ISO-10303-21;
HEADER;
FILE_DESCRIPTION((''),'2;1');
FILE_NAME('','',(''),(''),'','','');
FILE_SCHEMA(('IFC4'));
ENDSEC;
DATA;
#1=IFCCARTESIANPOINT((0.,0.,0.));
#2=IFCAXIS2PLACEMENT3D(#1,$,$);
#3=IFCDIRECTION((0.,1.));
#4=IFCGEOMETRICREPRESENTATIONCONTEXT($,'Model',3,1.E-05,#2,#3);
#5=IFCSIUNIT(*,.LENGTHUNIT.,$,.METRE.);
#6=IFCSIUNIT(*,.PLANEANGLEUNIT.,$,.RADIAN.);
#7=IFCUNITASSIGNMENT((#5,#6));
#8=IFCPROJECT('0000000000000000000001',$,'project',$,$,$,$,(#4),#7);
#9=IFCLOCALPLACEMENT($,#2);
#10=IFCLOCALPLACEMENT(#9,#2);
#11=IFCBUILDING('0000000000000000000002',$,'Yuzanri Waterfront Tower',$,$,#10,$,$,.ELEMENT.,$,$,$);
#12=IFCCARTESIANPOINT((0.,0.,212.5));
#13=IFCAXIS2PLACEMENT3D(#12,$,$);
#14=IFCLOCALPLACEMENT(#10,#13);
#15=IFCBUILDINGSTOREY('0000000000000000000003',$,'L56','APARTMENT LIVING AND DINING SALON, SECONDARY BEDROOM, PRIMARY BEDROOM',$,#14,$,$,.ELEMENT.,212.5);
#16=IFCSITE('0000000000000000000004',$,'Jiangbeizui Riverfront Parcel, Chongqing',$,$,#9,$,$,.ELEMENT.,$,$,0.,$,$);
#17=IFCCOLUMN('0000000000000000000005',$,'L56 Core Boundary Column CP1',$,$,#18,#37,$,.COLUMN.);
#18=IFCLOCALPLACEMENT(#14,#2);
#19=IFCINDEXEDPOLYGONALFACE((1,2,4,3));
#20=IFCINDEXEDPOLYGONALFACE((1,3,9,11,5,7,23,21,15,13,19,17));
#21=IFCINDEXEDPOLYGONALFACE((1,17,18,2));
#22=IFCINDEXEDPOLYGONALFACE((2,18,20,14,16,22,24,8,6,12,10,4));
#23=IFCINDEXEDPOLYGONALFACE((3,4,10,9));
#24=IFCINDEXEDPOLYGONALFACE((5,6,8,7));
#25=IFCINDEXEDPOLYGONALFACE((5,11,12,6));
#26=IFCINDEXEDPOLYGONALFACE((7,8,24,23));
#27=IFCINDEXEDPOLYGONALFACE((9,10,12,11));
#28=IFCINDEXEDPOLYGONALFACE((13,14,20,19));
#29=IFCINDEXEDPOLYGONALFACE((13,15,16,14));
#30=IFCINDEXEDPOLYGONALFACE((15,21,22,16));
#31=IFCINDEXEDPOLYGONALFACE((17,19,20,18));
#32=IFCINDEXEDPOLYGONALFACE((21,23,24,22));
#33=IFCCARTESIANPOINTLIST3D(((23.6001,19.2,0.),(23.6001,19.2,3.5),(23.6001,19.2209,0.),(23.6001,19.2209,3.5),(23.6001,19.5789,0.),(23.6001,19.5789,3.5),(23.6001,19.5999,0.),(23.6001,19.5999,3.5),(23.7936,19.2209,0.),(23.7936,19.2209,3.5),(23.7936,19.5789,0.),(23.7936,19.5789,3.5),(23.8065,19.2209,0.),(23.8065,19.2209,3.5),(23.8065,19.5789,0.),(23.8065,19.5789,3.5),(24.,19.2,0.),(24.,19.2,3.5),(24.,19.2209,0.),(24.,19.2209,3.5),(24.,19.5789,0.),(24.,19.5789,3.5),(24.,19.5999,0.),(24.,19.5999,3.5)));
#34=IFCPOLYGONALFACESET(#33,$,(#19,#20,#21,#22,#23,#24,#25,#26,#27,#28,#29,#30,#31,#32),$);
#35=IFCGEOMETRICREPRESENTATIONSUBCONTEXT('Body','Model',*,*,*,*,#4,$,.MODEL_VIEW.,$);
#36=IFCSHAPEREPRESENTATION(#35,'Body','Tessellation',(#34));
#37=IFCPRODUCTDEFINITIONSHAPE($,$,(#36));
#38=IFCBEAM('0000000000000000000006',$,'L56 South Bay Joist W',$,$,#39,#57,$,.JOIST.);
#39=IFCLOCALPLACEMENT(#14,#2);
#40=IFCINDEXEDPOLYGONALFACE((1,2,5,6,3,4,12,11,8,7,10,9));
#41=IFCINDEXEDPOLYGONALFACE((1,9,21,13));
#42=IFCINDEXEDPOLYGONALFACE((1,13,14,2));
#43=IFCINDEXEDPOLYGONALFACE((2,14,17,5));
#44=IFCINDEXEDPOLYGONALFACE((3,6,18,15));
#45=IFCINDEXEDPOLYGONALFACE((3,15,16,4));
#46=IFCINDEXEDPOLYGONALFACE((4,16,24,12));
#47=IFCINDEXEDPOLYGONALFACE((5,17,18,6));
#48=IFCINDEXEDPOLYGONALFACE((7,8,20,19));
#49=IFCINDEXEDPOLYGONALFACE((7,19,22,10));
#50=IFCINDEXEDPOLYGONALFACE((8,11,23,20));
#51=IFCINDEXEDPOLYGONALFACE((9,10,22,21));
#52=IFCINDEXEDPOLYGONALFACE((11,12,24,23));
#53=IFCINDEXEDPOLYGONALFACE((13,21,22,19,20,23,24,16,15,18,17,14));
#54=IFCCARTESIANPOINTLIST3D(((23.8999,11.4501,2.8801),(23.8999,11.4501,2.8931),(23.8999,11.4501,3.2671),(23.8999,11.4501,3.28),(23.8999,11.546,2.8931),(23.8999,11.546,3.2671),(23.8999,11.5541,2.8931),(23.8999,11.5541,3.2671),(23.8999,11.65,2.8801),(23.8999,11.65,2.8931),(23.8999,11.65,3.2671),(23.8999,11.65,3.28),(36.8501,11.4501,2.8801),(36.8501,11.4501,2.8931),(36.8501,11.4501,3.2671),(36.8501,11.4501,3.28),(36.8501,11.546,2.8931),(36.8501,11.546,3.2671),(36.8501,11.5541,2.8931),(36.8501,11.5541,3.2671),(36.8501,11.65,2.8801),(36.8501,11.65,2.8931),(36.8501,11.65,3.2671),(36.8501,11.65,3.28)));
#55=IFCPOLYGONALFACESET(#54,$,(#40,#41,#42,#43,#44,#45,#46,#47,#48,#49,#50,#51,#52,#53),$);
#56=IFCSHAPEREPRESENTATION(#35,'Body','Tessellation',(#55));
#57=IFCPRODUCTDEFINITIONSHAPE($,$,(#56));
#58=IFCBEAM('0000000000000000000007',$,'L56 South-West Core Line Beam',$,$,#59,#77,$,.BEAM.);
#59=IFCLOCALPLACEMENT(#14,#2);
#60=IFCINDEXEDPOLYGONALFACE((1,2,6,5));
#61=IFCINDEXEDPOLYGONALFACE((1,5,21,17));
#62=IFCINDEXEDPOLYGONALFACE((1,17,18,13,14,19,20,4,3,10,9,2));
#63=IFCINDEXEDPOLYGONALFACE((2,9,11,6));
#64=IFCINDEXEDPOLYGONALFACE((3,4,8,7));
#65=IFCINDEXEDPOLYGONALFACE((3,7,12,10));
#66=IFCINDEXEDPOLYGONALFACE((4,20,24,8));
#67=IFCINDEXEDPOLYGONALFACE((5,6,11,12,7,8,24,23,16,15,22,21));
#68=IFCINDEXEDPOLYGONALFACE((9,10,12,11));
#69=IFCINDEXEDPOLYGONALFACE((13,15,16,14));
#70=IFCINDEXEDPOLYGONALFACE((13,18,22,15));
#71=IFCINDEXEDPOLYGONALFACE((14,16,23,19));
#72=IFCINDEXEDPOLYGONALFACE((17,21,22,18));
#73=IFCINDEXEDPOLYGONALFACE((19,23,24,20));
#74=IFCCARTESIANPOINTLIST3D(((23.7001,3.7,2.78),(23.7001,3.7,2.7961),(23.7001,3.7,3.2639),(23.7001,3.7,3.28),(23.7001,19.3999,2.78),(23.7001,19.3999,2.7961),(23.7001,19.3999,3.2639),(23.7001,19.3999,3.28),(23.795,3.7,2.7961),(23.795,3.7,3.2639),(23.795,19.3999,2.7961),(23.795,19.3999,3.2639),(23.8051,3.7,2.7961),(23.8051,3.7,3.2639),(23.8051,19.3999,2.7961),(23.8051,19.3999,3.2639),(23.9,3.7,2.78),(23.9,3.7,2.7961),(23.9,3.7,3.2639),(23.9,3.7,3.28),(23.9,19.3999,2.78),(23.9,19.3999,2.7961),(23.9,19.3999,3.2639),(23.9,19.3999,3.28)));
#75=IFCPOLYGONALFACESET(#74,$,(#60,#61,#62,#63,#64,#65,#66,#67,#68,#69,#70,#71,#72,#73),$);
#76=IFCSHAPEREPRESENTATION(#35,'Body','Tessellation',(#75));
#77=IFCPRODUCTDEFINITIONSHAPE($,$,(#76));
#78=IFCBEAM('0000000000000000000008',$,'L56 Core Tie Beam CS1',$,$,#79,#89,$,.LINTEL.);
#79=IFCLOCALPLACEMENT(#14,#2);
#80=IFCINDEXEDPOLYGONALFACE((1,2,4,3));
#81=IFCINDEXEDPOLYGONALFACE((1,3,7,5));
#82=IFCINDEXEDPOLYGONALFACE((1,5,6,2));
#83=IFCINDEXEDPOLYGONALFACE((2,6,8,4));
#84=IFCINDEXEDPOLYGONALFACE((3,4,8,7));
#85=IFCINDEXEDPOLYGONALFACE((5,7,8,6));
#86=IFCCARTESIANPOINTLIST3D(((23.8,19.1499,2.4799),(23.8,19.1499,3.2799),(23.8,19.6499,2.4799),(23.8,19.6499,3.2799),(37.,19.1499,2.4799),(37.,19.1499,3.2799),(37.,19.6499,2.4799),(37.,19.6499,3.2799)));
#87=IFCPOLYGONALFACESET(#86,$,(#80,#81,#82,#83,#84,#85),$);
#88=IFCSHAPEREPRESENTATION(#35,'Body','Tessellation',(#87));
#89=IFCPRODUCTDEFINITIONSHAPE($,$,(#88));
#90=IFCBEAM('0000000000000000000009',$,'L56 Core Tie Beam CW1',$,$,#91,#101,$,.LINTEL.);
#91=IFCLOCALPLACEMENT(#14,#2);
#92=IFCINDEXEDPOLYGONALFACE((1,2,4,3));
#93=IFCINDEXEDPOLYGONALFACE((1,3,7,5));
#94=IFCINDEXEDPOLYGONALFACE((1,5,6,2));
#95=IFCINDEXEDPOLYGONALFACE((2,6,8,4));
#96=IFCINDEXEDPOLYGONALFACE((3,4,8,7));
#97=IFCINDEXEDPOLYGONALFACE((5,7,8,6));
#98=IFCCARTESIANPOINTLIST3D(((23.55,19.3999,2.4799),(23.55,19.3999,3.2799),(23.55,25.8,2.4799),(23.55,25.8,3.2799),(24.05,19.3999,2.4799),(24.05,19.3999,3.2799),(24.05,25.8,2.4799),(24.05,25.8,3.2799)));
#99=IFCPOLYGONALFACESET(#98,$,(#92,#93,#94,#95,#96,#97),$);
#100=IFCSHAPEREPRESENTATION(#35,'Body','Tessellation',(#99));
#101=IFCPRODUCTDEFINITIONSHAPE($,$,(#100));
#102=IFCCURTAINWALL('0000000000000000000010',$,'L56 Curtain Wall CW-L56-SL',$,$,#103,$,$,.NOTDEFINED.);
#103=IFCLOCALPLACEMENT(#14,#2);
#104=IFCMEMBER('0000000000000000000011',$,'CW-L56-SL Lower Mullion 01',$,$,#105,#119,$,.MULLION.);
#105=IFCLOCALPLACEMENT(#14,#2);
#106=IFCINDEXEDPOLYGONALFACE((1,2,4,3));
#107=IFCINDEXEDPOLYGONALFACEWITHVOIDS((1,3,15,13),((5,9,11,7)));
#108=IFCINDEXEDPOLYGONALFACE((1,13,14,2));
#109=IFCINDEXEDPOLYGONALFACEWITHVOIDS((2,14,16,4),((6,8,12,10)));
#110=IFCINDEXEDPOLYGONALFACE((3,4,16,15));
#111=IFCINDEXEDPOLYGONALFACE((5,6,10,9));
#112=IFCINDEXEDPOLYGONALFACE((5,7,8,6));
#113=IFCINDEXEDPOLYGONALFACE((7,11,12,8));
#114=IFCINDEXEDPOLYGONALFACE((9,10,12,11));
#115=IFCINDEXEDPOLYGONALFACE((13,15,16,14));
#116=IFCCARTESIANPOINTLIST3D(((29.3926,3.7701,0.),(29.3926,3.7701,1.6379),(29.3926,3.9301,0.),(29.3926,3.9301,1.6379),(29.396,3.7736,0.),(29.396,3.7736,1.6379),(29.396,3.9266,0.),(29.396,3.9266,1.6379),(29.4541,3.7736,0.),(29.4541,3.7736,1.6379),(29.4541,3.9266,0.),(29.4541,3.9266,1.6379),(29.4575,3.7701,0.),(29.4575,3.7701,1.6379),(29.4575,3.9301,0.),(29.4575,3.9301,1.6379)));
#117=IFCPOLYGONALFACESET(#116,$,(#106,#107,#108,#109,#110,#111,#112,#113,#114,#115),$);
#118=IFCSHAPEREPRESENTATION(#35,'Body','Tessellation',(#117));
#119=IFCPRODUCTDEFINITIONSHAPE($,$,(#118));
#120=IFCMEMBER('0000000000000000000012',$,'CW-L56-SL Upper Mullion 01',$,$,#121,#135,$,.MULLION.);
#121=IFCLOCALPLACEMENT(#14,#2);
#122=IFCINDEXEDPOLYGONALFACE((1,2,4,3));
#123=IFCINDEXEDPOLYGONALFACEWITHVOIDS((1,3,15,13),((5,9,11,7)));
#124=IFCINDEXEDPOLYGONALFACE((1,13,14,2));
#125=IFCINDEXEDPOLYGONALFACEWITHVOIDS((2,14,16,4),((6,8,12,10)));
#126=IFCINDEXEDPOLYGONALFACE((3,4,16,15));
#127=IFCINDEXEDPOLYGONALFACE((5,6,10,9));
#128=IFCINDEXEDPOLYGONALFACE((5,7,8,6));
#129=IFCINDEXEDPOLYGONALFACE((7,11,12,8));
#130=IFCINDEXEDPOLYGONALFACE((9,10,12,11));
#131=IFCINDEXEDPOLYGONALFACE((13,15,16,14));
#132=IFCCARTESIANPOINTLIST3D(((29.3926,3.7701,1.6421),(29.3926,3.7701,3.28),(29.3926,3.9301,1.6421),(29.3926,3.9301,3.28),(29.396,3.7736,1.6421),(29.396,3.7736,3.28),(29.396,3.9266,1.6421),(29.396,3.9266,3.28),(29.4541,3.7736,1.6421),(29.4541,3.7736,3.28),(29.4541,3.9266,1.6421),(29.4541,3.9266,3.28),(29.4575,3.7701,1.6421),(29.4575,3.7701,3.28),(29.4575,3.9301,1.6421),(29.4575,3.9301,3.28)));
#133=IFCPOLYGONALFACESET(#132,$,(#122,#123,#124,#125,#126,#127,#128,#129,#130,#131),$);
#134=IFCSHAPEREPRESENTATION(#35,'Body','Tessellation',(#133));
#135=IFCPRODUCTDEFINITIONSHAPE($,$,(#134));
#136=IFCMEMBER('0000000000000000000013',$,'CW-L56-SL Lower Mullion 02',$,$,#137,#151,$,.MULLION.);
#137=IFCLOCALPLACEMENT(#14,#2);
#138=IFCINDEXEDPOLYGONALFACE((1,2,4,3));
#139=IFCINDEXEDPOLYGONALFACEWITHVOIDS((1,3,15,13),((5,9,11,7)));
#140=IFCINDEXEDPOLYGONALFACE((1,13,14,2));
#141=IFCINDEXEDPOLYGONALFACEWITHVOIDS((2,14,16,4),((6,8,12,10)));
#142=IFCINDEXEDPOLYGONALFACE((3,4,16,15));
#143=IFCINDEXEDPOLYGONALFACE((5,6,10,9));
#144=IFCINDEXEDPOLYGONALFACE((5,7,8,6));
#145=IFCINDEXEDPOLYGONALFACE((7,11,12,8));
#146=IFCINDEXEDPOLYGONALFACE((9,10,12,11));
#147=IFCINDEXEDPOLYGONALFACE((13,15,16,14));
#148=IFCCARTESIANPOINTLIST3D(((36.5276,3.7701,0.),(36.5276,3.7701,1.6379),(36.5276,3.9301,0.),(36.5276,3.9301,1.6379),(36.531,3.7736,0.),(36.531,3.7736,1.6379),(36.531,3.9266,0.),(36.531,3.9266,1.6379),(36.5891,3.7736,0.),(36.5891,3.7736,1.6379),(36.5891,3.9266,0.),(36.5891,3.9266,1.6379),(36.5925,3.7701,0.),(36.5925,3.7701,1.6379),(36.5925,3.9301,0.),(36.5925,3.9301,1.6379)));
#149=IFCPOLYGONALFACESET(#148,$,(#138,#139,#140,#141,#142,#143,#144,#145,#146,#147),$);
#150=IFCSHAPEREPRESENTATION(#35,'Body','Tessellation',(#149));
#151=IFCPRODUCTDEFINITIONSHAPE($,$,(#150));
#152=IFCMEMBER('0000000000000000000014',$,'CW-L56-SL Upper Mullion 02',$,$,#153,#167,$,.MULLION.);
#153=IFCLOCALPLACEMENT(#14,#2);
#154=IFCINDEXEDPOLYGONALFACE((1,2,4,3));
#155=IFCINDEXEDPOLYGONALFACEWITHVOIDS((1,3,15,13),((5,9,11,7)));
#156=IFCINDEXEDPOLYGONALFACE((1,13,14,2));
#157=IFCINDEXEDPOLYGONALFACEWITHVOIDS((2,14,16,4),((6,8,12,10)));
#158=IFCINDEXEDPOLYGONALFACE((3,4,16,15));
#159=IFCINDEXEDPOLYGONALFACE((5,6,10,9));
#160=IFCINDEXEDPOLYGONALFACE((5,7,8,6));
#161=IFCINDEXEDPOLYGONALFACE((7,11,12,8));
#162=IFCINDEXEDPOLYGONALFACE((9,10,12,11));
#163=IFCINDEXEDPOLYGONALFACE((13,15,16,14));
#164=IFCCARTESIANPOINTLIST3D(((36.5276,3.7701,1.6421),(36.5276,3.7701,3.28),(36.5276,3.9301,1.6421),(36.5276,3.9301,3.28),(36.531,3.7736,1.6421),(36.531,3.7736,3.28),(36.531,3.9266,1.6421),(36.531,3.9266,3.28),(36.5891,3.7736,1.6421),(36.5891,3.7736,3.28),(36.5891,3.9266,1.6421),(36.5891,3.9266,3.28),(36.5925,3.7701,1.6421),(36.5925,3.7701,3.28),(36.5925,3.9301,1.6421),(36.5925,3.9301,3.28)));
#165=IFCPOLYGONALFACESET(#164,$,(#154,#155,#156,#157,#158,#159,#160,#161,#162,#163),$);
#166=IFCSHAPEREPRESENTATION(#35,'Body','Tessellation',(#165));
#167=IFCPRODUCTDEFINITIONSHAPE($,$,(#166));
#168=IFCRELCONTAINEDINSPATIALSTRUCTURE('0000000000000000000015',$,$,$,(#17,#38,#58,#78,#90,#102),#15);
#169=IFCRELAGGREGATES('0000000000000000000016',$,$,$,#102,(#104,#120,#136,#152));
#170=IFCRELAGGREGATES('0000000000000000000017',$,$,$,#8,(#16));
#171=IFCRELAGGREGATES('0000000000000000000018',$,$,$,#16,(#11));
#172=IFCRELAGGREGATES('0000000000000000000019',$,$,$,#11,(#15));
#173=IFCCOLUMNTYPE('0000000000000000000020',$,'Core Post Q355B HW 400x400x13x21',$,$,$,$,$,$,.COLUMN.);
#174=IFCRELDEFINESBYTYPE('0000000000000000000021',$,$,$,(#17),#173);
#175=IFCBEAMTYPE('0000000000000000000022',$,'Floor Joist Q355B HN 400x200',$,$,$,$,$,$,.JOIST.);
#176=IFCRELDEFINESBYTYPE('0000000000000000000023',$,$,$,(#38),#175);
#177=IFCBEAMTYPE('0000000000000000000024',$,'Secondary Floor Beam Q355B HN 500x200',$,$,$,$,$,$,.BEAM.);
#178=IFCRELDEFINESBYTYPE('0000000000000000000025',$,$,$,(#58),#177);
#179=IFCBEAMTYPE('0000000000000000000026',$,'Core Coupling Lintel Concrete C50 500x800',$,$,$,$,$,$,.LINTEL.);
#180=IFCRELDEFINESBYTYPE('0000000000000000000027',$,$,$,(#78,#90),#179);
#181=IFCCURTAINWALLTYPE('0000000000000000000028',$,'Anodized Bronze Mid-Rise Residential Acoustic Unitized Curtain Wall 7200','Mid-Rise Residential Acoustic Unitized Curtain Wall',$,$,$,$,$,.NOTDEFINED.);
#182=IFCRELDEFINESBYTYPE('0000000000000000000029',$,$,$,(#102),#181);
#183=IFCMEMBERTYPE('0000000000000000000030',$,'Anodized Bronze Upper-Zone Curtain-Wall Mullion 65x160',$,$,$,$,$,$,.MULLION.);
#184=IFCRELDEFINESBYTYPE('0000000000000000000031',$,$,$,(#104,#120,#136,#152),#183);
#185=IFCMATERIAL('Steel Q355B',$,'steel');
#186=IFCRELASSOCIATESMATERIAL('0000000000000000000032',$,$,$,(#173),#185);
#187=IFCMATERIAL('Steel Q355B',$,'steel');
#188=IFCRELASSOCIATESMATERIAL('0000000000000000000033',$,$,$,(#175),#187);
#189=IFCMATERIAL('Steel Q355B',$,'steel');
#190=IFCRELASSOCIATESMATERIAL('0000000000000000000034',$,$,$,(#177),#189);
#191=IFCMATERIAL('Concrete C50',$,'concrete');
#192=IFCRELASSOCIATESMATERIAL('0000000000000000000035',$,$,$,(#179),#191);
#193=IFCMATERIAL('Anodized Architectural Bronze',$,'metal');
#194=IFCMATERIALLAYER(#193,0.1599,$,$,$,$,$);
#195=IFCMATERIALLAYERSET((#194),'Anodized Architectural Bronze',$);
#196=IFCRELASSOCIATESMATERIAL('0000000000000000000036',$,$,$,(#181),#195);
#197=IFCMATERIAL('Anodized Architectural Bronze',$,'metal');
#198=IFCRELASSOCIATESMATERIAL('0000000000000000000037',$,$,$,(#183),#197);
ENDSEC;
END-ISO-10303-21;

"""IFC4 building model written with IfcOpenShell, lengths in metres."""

from ifc_helpers import new_model, si_unit, direction, frame, origin, origin_2d, place, context, subcontext, project, spatial, rectangle, hollow_rectangle, i_section, extrude, source, transform, mapped, material, layer, layer_set, material_profile, profile_set, type_object, element, aggregate, save


model = new_model("IFC4")

# Units and contexts
model_context = context("Model", 3, precision=1e-05, world=origin(), true_north=direction((0.0, 1.0)))
body_context = subcontext(model_context, "Body", "Model", "MODEL_VIEW")
ifc_project = project(units=[si_unit("LENGTHUNIT", "METRE"), si_unit("PLANEANGLEUNIT", "RADIAN")], contexts=[model_context])

# Site, building, storey
site_placement = place(None, origin())
site = spatial("IfcSite", under=ifc_project, at=site_placement, Name="Jiangbeizui Riverfront Parcel, Chongqing", CompositionType="ELEMENT", RefElevation=0.0)
building_placement = place(site_placement, origin())
building = spatial("IfcBuilding", under=site, at=building_placement, Name="Yuzanri Waterfront Tower", CompositionType="ELEMENT")
storey_placement = place(building_placement, frame((0.0, 0.0, 212.5)))
storey = spatial("IfcBuildingStorey", under=building, at=storey_placement, Name="L56", Description="APARTMENT LIVING AND DINING SALON, SECONDARY BEDROOM, PRIMARY BEDROOM", CompositionType="ELEMENT", Elevation=212.5)

# Column
ifc_material_1 = material(Name="Steel Q355B", Category="steel")
ifc_material_profile_1 = material_profile(ifc_material_1, i_section(OverallWidth=0.3999, OverallDepth=0.3999, WebThickness=0.0129, FlangeThickness=0.021, at=origin_2d()), Name="HW 400x400x13x21")
ifc_profile_set_1 = profile_set([ifc_material_profile_1], Name="Steel Q355B")
column_type = type_object("IfcColumnType", Name="Core Post Q355B HW 400x400x13x21", PredefinedType="COLUMN", material=ifc_profile_set_1)
shared_shape_1 = source(origin(), body_context, "Body", "SweptSolid", [
    extrude(i_section(OverallWidth=0.3999, OverallDepth=0.3999, WebThickness=0.0129, FlangeThickness=0.021, at=origin_2d()), origin(), (0.0, 0.0, 1.0), 3.5),
])
column_placement = place(storey_placement, frame((23.8, 19.3999, 0.0), z_axis=(0.0, 0.0, 1.0), x_axis=(1.0, 0.0, 0.0)))
element("IfcColumn", 1, at=column_placement, inside=storey, type_object=column_type, Name="L56 Core Boundary Column CP1", PredefinedType="COLUMN", context=body_context, shape_type="MappedRepresentation", body=[
    mapped(shared_shape_1, transform((0.0, 0.0, 0.0), scale=1.0)),
])

# Beams
ifc_material_2 = material(Name="Steel Q355B", Category="steel")
ifc_material_profile_2 = material_profile(ifc_material_2, i_section(OverallWidth=0.2, OverallDepth=0.3999, WebThickness=0.0081, FlangeThickness=0.0129, at=origin_2d()), Name="HN 400x200x8x13")
ifc_profile_set_2 = profile_set([ifc_material_profile_2], Name="Steel Q355B")
beam_type_1 = type_object("IfcBeamType", Name="Floor Joist Q355B HN 400x200", PredefinedType="JOIST", material=ifc_profile_set_2)
shared_shape_2 = source(origin(), body_context, "Body", "SweptSolid", [
    extrude(i_section(OverallWidth=0.2, OverallDepth=0.3999, WebThickness=0.0081, FlangeThickness=0.0129, at=origin_2d()), origin(), (0.0, 0.0, 1.0), 12.9502),
])
beam_1_placement = place(storey_placement, frame((23.8999, 11.55, 3.0801), z_axis=(1.0, 0.0, 0.0), x_axis=(0.0, 1.0, 0.0)))
element("IfcBeam", 2, at=beam_1_placement, inside=storey, type_object=beam_type_1, Name="L56 South Bay Joist W", PredefinedType="JOIST", context=body_context, shape_type="MappedRepresentation", body=[
    mapped(shared_shape_2, transform((0.0, 0.0, 0.0), scale=1.0)),
])
ifc_material_3 = material(Name="Steel Q355B", Category="steel")
ifc_material_profile_3 = material_profile(ifc_material_3, i_section(OverallWidth=0.2, OverallDepth=0.5, WebThickness=0.01, FlangeThickness=0.0161, at=origin_2d()), Name="HN 500x200x10x16")
ifc_profile_set_3 = profile_set([ifc_material_profile_3], Name="Steel Q355B")
beam_type_2 = type_object("IfcBeamType", Name="Secondary Floor Beam Q355B HN 500x200", PredefinedType="BEAM", material=ifc_profile_set_3)
shared_shape_3 = source(origin(), body_context, "Body", "SweptSolid", [
    extrude(i_section(OverallWidth=0.2, OverallDepth=0.5, WebThickness=0.01, FlangeThickness=0.0161, at=origin_2d()), origin(), (0.0, 0.0, 1.0), 15.7),
])
beam_2_placement = place(storey_placement, frame((23.8, 19.3999, 3.03), z_axis=(0.0, -1.0, 0.0), x_axis=(1.0, 0.0, 0.0)))
element("IfcBeam", 3, at=beam_2_placement, inside=storey, type_object=beam_type_2, Name="L56 South-West Core Line Beam", PredefinedType="BEAM", context=body_context, shape_type="MappedRepresentation", body=[
    mapped(shared_shape_3, transform((0.0, 0.0, 0.0), scale=1.0)),
])
ifc_material_4 = material(Name="Concrete C50", Category="concrete")
ifc_material_profile_4 = material_profile(ifc_material_4, rectangle(XDim=0.5, YDim=0.8, at=origin_2d()), Name="RC 500x800")
ifc_profile_set_4 = profile_set([ifc_material_profile_4], Name="Concrete C50")
beam_type_3 = type_object("IfcBeamType", Name="Core Coupling Lintel Concrete C50 500x800", PredefinedType="LINTEL", material=ifc_profile_set_4)
shared_shape_4 = source(origin(), body_context, "Body", "SweptSolid", [
    extrude(rectangle(XDim=0.5, YDim=0.8, at=origin_2d()), origin(), (0.0, 0.0, 1.0), 13.2),
])
beam_3_placement = place(storey_placement, frame((23.8, 19.3999, 2.8799), z_axis=(1.0, 0.0, 0.0), x_axis=(0.0, 1.0, 0.0)))
element("IfcBeam", 4, at=beam_3_placement, inside=storey, type_object=beam_type_3, Name="L56 Core Tie Beam CS1", PredefinedType="LINTEL", context=body_context, shape_type="MappedRepresentation", body=[
    mapped(shared_shape_4, transform((0.0, 0.0, 0.0), scale=1.0)),
])
shared_shape_5 = source(origin(), body_context, "Body", "SweptSolid", [
    extrude(rectangle(XDim=0.5, YDim=0.8, at=origin_2d()), origin(), (0.0, 0.0, 1.0), 6.4001),
])
beam_4_placement = place(storey_placement, frame((23.8, 19.3999, 2.8799), z_axis=(0.0, 1.0, 0.0), x_axis=(-1.0, 0.0, 0.0)))
element("IfcBeam", 5, at=beam_4_placement, inside=storey, type_object=beam_type_3, Name="L56 Core Tie Beam CW1", PredefinedType="LINTEL", context=body_context, shape_type="MappedRepresentation", body=[
    mapped(shared_shape_5, transform((0.0, 0.0, 0.0), scale=1.0)),
])

# Curtain wall, members
ifc_material_5 = material(Name="Anodized Architectural Bronze", Category="metal")
ifc_layer_1 = layer(ifc_material_5, 0.1599)
ifc_layer_set_1 = layer_set([ifc_layer_1], Name="Anodized Architectural Bronze")
curtain_wall_type = type_object("IfcCurtainWallType", Name="Anodized Bronze Mid-Rise Residential Acoustic Unitized Curtain Wall 7200", Description="Mid-Rise Residential Acoustic Unitized Curtain Wall", PredefinedType="NOTDEFINED", material=ifc_layer_set_1)
curtain_wall_placement = place(storey_placement, origin())
curtain_wall = element("IfcCurtainWall", 6, at=curtain_wall_placement, inside=storey, type_object=curtain_wall_type, Name="L56 Curtain Wall CW-L56-SL", PredefinedType="NOTDEFINED")
ifc_material_6 = material(Name="Anodized Architectural Bronze", Category="metal")
ifc_material_profile_5 = material_profile(ifc_material_6, hollow_rectangle(XDim=0.0649, YDim=0.1599, WallThickness=0.0034, at=origin_2d()), Name="CWM 65x160")
ifc_profile_set_5 = profile_set([ifc_material_profile_5], Name="Anodized Architectural Bronze")
member_type = type_object("IfcMemberType", Name="Anodized Bronze Upper-Zone Curtain-Wall Mullion 65x160", PredefinedType="MULLION", material=ifc_profile_set_5)
shared_shape_6 = source(origin(), body_context, "Body", "SweptSolid", [
    extrude(hollow_rectangle(XDim=0.0649, YDim=0.1599, WallThickness=0.0034, at=origin_2d()), origin(), (0.0, 0.0, 1.0), 1.6379),
])
member_1_placement = place(storey_placement, frame((29.425, 3.8501, 0.0), z_axis=(0.0, 0.0, 1.0), x_axis=(1.0, 0.0, 0.0)))
member_1 = element("IfcMember", 7, at=member_1_placement, type_object=member_type, Name="CW-L56-SL Lower Mullion 01", PredefinedType="MULLION", context=body_context, shape_type="MappedRepresentation", body=[
    mapped(shared_shape_6, transform((0.0, 0.0, 0.0), scale=1.0)),
])
member_2_placement = place(storey_placement, frame((29.425, 3.8501, 1.6421), z_axis=(0.0, 0.0, 1.0), x_axis=(1.0, 0.0, 0.0)))
member_2 = element("IfcMember", 8, at=member_2_placement, type_object=member_type, Name="CW-L56-SL Upper Mullion 01", PredefinedType="MULLION", context=body_context, shape_type="MappedRepresentation", body=[
    mapped(shared_shape_6, transform((0.0, 0.0, 0.0), scale=1.0)),
])
member_3_placement = place(storey_placement, frame((36.5601, 3.8501, 0.0), z_axis=(0.0, 0.0, 1.0), x_axis=(1.0, 0.0, 0.0)))
member_3 = element("IfcMember", 9, at=member_3_placement, type_object=member_type, Name="CW-L56-SL Lower Mullion 02", PredefinedType="MULLION", context=body_context, shape_type="MappedRepresentation", body=[
    mapped(shared_shape_6, transform((0.0, 0.0, 0.0), scale=1.0)),
])
member_4_placement = place(storey_placement, frame((36.5601, 3.8501, 1.6421), z_axis=(0.0, 0.0, 1.0), x_axis=(1.0, 0.0, 0.0)))
member_4 = element("IfcMember", 10, at=member_4_placement, type_object=member_type, Name="CW-L56-SL Upper Mullion 02", PredefinedType="MULLION", context=body_context, shape_type="MappedRepresentation", body=[
    mapped(shared_shape_6, transform((0.0, 0.0, 0.0), scale=1.0)),
])
aggregate(curtain_wall, [member_1, member_2, member_3, member_4])

save(model, "model.ifc")
